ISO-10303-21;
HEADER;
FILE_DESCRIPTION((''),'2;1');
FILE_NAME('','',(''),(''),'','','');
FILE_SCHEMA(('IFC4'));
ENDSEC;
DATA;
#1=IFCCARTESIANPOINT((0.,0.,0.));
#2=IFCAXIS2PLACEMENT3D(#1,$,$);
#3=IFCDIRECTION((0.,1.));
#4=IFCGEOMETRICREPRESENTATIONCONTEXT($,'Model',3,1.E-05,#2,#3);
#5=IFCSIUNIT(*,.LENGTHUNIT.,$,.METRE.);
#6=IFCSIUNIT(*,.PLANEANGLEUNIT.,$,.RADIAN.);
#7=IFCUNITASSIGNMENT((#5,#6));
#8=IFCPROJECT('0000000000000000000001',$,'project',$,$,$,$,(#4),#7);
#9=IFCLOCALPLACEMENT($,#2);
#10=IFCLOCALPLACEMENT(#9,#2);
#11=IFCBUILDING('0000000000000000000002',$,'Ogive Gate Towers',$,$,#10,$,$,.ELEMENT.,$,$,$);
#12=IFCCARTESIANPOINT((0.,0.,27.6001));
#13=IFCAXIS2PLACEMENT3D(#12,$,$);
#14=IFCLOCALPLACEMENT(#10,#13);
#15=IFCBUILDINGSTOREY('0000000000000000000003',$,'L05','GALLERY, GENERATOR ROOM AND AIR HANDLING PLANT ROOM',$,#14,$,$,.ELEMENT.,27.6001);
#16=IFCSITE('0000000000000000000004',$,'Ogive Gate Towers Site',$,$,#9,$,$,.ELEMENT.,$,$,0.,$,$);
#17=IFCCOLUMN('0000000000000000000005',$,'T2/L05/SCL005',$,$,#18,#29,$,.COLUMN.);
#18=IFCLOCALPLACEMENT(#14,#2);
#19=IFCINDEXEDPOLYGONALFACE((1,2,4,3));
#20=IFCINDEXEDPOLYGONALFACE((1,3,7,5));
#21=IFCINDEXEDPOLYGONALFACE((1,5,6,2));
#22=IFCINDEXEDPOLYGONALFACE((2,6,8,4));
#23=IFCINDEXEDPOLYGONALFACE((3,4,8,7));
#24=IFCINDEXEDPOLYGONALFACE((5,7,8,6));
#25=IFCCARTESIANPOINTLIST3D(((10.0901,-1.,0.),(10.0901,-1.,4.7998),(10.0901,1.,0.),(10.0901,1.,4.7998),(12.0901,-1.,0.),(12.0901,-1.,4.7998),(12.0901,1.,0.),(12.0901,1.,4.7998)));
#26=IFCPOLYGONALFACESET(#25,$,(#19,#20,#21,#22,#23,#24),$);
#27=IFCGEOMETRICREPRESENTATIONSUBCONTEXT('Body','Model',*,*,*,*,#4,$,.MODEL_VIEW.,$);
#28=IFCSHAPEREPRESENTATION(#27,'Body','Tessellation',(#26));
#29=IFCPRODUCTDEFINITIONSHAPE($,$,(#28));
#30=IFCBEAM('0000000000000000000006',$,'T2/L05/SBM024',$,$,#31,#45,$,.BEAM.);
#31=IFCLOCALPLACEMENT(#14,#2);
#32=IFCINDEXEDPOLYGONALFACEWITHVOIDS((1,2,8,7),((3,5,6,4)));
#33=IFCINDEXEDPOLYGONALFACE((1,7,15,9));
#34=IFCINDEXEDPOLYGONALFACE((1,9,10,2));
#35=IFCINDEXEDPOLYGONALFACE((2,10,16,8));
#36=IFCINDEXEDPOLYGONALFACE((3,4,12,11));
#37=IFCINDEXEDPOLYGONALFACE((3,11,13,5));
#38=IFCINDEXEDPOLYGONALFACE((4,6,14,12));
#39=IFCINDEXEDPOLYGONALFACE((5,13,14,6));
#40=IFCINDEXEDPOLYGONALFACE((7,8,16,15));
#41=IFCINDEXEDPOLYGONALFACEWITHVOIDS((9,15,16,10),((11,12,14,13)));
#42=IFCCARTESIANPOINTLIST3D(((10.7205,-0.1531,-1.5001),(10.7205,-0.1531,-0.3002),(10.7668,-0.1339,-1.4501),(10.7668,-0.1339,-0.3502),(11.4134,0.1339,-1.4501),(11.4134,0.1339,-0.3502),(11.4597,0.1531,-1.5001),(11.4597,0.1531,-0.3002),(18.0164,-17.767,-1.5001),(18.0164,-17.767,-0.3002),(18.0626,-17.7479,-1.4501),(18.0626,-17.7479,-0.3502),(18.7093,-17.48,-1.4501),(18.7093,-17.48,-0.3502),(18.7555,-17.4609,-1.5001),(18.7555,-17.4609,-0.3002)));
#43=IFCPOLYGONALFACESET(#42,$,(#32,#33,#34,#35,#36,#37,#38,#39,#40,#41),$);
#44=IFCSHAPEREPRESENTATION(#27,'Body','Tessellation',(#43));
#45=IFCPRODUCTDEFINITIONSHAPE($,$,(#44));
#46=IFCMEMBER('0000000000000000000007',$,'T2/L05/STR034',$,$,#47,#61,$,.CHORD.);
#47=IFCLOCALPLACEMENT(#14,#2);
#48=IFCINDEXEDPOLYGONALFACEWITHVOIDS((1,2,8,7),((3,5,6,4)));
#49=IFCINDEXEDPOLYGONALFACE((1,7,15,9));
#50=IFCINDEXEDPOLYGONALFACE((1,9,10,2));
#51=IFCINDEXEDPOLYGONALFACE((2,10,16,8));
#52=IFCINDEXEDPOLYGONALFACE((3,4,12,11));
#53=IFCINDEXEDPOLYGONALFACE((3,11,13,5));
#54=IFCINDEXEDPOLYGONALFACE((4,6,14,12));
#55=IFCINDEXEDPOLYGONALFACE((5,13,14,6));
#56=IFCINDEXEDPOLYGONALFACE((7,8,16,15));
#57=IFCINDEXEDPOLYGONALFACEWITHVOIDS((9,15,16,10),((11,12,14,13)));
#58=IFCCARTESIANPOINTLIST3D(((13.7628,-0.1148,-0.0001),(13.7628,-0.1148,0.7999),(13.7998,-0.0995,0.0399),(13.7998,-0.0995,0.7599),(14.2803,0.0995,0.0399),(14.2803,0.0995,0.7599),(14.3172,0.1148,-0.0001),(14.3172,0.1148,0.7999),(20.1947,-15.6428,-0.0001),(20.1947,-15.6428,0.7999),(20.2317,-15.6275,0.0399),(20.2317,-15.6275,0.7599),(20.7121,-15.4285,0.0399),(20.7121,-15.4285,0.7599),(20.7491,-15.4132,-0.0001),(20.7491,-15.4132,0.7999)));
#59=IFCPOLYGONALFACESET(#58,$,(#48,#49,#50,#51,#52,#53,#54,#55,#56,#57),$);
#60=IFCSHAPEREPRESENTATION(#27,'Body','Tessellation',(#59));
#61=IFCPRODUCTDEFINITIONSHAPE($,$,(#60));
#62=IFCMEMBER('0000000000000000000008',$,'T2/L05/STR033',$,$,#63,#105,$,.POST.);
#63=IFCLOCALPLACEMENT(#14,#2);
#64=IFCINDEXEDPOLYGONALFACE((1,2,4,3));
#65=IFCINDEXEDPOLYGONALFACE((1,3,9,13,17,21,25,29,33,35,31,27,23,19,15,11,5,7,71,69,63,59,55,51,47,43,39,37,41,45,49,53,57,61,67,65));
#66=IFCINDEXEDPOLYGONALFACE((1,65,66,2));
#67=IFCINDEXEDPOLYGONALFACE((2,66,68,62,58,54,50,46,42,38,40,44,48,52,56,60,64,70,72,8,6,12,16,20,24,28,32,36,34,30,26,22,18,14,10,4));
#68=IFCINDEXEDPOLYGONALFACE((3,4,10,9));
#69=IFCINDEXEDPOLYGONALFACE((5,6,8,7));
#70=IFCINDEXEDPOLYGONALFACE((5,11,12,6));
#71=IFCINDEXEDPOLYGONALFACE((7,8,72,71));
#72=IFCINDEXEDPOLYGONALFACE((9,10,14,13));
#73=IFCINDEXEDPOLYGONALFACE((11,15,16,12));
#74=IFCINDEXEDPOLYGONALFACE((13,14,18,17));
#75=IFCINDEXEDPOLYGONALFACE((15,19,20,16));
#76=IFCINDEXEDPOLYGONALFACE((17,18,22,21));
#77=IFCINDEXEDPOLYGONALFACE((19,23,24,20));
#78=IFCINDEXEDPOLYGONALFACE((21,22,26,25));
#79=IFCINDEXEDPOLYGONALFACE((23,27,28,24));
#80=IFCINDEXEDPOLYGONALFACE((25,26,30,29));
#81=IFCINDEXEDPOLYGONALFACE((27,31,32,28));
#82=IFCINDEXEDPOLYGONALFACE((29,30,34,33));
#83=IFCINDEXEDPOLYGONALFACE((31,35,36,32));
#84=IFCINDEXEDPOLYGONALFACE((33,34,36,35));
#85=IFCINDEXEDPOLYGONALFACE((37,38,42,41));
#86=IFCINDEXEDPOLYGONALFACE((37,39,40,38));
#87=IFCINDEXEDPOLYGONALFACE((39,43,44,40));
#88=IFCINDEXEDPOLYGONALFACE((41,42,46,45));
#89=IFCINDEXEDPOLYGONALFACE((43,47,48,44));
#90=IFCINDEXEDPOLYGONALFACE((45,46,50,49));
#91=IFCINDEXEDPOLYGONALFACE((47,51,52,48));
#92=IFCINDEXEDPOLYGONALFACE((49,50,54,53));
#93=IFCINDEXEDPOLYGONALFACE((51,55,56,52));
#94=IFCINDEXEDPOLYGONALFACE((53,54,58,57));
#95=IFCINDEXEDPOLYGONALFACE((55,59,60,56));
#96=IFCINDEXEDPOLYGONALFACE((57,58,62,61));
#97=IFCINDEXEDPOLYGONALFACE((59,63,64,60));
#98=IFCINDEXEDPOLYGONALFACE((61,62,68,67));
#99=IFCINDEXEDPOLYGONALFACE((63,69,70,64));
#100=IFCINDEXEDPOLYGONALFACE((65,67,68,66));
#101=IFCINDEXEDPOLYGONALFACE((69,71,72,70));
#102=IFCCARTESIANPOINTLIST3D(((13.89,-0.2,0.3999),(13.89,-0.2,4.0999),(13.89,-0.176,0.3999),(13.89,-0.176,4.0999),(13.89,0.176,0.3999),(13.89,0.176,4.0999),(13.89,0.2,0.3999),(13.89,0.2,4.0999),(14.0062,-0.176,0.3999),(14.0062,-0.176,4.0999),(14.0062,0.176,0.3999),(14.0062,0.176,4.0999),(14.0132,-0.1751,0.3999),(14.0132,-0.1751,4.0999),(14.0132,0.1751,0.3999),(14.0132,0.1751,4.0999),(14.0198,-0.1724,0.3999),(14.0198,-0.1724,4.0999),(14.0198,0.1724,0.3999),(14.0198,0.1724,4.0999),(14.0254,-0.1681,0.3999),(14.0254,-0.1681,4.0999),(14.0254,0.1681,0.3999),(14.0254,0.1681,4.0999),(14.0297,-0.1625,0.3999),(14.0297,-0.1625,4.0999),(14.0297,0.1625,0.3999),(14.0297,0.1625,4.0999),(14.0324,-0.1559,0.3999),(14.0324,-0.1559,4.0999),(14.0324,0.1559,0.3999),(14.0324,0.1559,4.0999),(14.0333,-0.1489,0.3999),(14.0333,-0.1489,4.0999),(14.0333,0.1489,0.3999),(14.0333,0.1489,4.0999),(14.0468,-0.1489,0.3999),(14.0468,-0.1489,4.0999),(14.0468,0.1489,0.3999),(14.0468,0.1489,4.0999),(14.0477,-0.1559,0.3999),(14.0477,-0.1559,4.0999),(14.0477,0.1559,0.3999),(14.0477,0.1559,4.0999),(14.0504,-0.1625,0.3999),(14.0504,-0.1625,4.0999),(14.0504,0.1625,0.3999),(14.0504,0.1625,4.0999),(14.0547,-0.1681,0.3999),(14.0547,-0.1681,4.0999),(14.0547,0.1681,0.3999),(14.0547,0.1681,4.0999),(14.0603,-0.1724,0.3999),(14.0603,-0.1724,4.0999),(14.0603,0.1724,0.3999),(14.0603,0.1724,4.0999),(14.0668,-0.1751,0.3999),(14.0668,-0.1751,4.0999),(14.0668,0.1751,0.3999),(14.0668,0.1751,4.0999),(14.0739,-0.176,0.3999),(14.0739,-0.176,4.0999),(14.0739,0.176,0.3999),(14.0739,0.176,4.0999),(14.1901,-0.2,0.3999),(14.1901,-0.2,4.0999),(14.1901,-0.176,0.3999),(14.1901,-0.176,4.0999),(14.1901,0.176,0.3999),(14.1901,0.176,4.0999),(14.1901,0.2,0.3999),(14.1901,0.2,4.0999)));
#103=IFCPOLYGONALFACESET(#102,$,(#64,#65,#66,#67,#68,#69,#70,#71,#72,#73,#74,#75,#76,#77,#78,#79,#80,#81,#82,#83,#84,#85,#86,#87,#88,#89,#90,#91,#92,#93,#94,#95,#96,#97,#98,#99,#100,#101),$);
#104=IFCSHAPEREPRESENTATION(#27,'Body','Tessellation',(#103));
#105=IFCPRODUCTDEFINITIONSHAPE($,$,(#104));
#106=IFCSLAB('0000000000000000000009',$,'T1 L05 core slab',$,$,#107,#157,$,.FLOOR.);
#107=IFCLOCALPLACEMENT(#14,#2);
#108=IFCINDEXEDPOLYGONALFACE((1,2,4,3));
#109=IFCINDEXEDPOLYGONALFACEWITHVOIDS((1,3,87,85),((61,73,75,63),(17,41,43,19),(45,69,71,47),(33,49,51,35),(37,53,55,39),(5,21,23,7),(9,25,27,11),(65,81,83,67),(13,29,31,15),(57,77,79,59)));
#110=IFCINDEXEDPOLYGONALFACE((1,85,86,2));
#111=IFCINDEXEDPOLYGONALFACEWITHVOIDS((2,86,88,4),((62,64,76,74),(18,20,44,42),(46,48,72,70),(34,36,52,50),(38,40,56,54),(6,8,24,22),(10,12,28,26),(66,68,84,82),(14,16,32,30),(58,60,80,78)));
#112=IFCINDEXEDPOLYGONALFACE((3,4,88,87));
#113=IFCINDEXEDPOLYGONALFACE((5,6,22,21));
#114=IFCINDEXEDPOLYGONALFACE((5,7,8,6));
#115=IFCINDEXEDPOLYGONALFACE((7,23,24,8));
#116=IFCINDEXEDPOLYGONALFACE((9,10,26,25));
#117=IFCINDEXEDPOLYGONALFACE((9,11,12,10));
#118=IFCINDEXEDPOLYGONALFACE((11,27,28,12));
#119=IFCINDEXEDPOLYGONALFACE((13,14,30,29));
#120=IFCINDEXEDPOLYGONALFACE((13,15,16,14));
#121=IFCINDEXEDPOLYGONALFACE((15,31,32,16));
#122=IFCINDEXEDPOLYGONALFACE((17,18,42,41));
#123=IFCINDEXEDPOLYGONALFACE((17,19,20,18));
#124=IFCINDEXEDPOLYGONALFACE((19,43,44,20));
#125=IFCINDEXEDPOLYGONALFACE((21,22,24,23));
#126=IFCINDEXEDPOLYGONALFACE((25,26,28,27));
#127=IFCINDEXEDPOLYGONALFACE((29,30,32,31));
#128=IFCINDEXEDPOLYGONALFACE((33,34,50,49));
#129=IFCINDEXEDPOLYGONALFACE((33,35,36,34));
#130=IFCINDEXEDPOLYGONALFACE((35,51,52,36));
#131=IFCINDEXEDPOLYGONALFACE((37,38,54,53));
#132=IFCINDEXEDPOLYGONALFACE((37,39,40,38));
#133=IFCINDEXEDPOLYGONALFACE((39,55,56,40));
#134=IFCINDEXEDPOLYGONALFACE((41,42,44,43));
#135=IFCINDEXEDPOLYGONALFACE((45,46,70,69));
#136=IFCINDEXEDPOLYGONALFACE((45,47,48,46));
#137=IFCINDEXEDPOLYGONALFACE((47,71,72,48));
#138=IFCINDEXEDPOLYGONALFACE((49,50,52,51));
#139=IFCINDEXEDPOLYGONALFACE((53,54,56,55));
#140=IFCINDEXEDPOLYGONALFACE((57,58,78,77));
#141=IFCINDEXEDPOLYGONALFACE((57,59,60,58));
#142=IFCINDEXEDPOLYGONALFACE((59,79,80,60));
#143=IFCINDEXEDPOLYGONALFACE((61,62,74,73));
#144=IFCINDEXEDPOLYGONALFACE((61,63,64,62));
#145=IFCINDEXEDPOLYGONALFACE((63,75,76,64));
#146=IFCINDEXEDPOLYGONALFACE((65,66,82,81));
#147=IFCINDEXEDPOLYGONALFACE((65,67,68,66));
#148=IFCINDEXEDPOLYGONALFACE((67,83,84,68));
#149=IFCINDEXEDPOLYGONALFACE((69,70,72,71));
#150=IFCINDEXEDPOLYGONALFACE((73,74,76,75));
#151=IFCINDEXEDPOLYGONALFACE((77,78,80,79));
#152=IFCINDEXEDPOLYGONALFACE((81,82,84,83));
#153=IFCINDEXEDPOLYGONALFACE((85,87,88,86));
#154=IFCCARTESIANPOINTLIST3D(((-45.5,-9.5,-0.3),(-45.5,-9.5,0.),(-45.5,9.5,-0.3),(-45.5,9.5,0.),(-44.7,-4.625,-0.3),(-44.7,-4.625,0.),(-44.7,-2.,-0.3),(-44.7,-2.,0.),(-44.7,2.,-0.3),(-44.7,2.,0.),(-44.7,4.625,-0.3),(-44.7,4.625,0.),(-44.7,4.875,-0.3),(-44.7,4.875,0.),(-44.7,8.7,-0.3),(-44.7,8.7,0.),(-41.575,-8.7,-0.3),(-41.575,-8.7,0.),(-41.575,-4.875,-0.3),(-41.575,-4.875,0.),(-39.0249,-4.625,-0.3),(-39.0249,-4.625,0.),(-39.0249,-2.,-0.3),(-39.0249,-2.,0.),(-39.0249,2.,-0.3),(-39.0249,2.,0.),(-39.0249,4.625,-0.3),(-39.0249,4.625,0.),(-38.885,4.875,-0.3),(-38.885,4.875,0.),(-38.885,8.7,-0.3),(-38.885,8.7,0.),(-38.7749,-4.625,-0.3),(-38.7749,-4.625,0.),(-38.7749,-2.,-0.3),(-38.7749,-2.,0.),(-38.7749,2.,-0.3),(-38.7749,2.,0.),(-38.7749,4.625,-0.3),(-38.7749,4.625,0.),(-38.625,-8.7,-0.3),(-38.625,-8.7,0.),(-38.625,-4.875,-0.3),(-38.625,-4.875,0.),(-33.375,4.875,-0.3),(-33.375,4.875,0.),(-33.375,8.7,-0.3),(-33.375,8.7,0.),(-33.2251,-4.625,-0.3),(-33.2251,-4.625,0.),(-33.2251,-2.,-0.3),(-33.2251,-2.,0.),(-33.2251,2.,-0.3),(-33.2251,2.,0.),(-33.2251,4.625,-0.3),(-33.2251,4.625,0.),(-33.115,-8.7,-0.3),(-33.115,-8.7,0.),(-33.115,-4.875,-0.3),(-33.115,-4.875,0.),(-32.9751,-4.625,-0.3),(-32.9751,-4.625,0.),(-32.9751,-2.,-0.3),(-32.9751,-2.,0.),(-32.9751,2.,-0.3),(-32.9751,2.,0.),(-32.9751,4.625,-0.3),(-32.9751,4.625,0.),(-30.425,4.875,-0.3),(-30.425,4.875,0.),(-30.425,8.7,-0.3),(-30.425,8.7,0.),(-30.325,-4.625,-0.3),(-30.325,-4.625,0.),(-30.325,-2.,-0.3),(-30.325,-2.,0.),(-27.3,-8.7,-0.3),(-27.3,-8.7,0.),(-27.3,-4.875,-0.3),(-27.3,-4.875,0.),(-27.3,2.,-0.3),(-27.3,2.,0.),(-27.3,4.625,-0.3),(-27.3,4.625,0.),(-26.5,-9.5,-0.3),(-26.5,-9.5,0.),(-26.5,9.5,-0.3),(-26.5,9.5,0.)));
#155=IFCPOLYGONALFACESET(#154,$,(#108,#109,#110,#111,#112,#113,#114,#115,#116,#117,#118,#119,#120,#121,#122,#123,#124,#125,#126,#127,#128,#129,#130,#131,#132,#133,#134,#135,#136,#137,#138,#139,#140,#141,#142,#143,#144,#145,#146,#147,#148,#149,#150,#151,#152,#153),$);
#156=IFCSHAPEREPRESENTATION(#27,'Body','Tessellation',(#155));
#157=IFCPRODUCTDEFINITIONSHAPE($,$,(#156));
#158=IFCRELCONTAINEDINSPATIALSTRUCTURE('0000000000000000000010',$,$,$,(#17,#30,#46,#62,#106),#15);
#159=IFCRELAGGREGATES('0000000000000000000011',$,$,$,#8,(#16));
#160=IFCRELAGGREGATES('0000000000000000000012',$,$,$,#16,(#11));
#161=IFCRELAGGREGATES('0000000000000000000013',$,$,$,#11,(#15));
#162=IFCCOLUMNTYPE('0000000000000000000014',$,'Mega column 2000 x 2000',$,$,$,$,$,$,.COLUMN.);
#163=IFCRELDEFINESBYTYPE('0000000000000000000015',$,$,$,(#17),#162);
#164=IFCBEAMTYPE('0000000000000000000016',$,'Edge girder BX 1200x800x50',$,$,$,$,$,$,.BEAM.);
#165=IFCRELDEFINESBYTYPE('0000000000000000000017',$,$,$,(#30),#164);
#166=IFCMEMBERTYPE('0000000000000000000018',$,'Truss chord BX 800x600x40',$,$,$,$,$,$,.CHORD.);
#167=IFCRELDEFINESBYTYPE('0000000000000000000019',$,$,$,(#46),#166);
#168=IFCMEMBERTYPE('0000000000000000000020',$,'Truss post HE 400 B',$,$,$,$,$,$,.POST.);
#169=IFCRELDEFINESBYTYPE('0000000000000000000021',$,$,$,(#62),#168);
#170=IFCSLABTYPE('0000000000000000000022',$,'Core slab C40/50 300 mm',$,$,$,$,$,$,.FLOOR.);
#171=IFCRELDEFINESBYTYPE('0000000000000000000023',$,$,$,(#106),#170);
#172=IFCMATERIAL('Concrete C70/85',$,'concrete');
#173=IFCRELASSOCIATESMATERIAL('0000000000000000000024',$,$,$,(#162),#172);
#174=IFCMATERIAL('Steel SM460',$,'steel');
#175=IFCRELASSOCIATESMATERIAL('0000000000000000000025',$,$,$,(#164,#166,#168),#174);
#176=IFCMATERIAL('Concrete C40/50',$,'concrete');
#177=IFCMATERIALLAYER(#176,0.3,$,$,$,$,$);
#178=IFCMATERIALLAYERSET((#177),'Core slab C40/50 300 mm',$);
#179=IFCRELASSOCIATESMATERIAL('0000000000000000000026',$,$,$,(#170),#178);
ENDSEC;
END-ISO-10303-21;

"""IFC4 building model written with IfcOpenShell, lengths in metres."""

from ifc_helpers import new_model, si_unit, direction, frame, origin, origin_2d, place, context, subcontext, project, spatial, polyline, rectangle, hollow_rectangle, i_section, outline, extrude, material, layer, layer_set, material_profile, profile_set, type_object, element, save


model = new_model("IFC4")

# Units and contexts
model_context = context("Model", 3, precision=1e-05, world=origin(), true_north=direction((0.0, 1.0)))
body_context = subcontext(model_context, "Body", "Model", "MODEL_VIEW")
ifc_project = project(units=[si_unit("LENGTHUNIT", "METRE"), si_unit("PLANEANGLEUNIT", "RADIAN")], contexts=[model_context])

# Site, building, storey
site_placement = place(None, origin())
site = spatial("IfcSite", under=ifc_project, at=site_placement, Name="Ogive Gate Towers Site", CompositionType="ELEMENT", RefElevation=0.0)
building_placement = place(site_placement, origin())
building = spatial("IfcBuilding", under=site, at=building_placement, Name="Ogive Gate Towers", CompositionType="ELEMENT")
storey_placement = place(building_placement, frame((0.0, 0.0, 27.6001)))
storey = spatial("IfcBuildingStorey", under=building, at=storey_placement, Name="L05", Description="GALLERY, GENERATOR ROOM AND AIR HANDLING PLANT ROOM", CompositionType="ELEMENT", Elevation=27.6001)

# Column
ifc_material_1 = material(Name="Concrete C70/85", Category="concrete")
ifc_material_profile_1 = material_profile(ifc_material_1, rectangle(XDim=2.0, YDim=2.0, at=origin_2d()), Name="RC 2000x2000")
ifc_profile_set_1 = profile_set([ifc_material_profile_1], Name="Concrete C70/85")
column_type = type_object("IfcColumnType", Name="Mega column 2000 x 2000", PredefinedType="COLUMN", material=ifc_profile_set_1)
column_placement = place(storey_placement, frame((11.0901, 0.0, 0.0), z_axis=(0.0, 0.0, 1.0), x_axis=(-1.0, 0.0, 0.0)))
element("IfcColumn", 1, at=column_placement, inside=storey, type_object=column_type, Name="T2/L05/SCL005", PredefinedType="COLUMN", context=body_context, shape_type="SweptSolid", body=[
    extrude(rectangle(XDim=2.0, YDim=2.0, at=origin_2d()), origin(), (0.0, 0.0, 1.0), 4.7998),
])

# Beam
ifc_material_2 = material(Name="Steel SM460", Category="steel")
ifc_material_profile_2 = material_profile(ifc_material_2, hollow_rectangle(XDim=0.8, YDim=1.2, WallThickness=0.05, at=origin_2d()), Name="BX 1200x800x50")
ifc_profile_set_2 = profile_set([ifc_material_profile_2], Name="Steel SM460")
beam_type = type_object("IfcBeamType", Name="Edge girder BX 1200x800x50", PredefinedType="BEAM", material=ifc_profile_set_2)
beam_placement = place(storey_placement, frame((11.0901, 0.0, -0.9001), z_axis=(0.382681, -0.923881, 0.0), x_axis=(0.923881, 0.382681, 0.0)))
element("IfcBeam", 2, at=beam_placement, inside=storey, type_object=beam_type, Name="T2/L05/SBM024", PredefinedType="BEAM", context=body_context, shape_type="SweptSolid", body=[
    extrude(hollow_rectangle(XDim=0.8, YDim=1.2, WallThickness=0.05, at=origin_2d()), origin(), (0.0, 0.0, 1.0), 19.0652),
])

# Members
ifc_material_profile_3 = material_profile(ifc_material_2, hollow_rectangle(XDim=0.6001, YDim=0.8, WallThickness=0.04, at=origin_2d()), Name="BX 800x600x40")
ifc_profile_set_3 = profile_set([ifc_material_profile_3], Name="Steel SM460")
member_type_1 = type_object("IfcMemberType", Name="Truss chord BX 800x600x40", PredefinedType="CHORD", material=ifc_profile_set_3)
member_1_placement = place(storey_placement, frame((14.04, 0.0, 0.3999), z_axis=(0.382681, -0.923881, 0.0), x_axis=(0.923881, 0.382681, 0.0)))
element("IfcMember", 3, at=member_1_placement, inside=storey, type_object=member_type_1, Name="T2/L05/STR034", PredefinedType="CHORD", context=body_context, shape_type="SweptSolid", body=[
    extrude(hollow_rectangle(XDim=0.6001, YDim=0.8, WallThickness=0.04, at=origin_2d()), origin(), (0.0, 0.0, 1.0), 16.8074),
])
ifc_material_profile_4 = material_profile(ifc_material_2, i_section(OverallWidth=0.3, OverallDepth=0.3999, WebThickness=0.0134, FlangeThickness=0.0239, FilletRadius=0.0271, at=origin_2d()), Name="HE 400 B")
ifc_profile_set_4 = profile_set([ifc_material_profile_4], Name="Steel SM460")
member_type_2 = type_object("IfcMemberType", Name="Truss post HE 400 B", PredefinedType="POST", material=ifc_profile_set_4)
member_2_placement = place(storey_placement, frame((14.04, 0.0, 0.3999), z_axis=(0.0, 0.0, 1.0), x_axis=(1.0, 0.0, 0.0)))
element("IfcMember", 4, at=member_2_placement, inside=storey, type_object=member_type_2, Name="T2/L05/STR033", PredefinedType="POST", context=body_context, shape_type="SweptSolid", body=[
    extrude(i_section(OverallWidth=0.3, OverallDepth=0.3999, WebThickness=0.0134, FlangeThickness=0.0239, FilletRadius=0.0271, at=origin_2d()), origin(), (0.0, 0.0, 1.0), 3.7),
])

# Slab
ifc_material_3 = material(Name="Concrete C40/50", Category="concrete")
ifc_layer_1 = layer(ifc_material_3, 0.3)
ifc_layer_set_1 = layer_set([ifc_layer_1], Name="Core slab C40/50 300 mm")
slab_type_1 = type_object("IfcSlabType", Name="Core slab C40/50 300 mm", PredefinedType="FLOOR", material=ifc_layer_set_1)
slab_1_placement = place(storey_placement, frame((0.0, 0.0, -0.3)))
element("IfcSlab", 5, at=slab_1_placement, inside=storey, type_object=slab_type_1, Name="T1 L05 core slab", PredefinedType="FLOOR", context=body_context, shape_type="SweptSolid", body=[
    extrude(outline(polyline([(-26.5, 9.5), (-26.5, -9.5), (-45.5, -9.5), (-45.5, 9.5), (-26.5, 9.5)]), holes=[polyline([(-39.0249, 4.625), (-44.7, 4.625), (-44.7, 2.0), (-39.0249, 2.0), (-39.0249, 4.625)]), polyline([(-33.2251, 2.0), (-33.2251, 4.625), (-38.7749, 4.625), (-38.7749, 2.0), (-33.2251, 2.0)]), polyline([(-32.9751, 2.0), (-27.3, 2.0), (-27.3, 4.625), (-32.9751, 4.625), (-32.9751, 2.0)]), polyline([(-44.7, -2.0), (-44.7, -4.625), (-39.0249, -4.625), (-39.0249, -2.0), (-44.7, -2.0)]), polyline([(-33.2251, -2.0), (-38.7749, -2.0), (-38.7749, -4.625), (-33.2251, -4.625), (-33.2251, -2.0)]), polyline([(-30.325, -4.625), (-30.325, -2.0), (-32.9751, -2.0), (-32.9751, -4.625), (-30.325, -4.625)]), polyline([(-33.375, 4.875), (-30.425, 4.875), (-30.425, 8.7), (-33.375, 8.7), (-33.375, 4.875)]), polyline([(-41.575, -4.875), (-41.575, -8.7), (-38.625, -8.7), (-38.625, -4.875), (-41.575, -4.875)]), polyline([(-44.7, 4.875), (-38.885, 4.875), (-38.885, 8.7), (-44.7, 8.7), (-44.7, 4.875)]), polyline([(-27.3, -8.7), (-27.3, -4.875), (-33.115, -4.875), (-33.115, -8.7), (-27.3, -8.7)])]), origin(), (0.0, 0.0, 1.0), 0.3),
])

save(model, "model.ifc")
